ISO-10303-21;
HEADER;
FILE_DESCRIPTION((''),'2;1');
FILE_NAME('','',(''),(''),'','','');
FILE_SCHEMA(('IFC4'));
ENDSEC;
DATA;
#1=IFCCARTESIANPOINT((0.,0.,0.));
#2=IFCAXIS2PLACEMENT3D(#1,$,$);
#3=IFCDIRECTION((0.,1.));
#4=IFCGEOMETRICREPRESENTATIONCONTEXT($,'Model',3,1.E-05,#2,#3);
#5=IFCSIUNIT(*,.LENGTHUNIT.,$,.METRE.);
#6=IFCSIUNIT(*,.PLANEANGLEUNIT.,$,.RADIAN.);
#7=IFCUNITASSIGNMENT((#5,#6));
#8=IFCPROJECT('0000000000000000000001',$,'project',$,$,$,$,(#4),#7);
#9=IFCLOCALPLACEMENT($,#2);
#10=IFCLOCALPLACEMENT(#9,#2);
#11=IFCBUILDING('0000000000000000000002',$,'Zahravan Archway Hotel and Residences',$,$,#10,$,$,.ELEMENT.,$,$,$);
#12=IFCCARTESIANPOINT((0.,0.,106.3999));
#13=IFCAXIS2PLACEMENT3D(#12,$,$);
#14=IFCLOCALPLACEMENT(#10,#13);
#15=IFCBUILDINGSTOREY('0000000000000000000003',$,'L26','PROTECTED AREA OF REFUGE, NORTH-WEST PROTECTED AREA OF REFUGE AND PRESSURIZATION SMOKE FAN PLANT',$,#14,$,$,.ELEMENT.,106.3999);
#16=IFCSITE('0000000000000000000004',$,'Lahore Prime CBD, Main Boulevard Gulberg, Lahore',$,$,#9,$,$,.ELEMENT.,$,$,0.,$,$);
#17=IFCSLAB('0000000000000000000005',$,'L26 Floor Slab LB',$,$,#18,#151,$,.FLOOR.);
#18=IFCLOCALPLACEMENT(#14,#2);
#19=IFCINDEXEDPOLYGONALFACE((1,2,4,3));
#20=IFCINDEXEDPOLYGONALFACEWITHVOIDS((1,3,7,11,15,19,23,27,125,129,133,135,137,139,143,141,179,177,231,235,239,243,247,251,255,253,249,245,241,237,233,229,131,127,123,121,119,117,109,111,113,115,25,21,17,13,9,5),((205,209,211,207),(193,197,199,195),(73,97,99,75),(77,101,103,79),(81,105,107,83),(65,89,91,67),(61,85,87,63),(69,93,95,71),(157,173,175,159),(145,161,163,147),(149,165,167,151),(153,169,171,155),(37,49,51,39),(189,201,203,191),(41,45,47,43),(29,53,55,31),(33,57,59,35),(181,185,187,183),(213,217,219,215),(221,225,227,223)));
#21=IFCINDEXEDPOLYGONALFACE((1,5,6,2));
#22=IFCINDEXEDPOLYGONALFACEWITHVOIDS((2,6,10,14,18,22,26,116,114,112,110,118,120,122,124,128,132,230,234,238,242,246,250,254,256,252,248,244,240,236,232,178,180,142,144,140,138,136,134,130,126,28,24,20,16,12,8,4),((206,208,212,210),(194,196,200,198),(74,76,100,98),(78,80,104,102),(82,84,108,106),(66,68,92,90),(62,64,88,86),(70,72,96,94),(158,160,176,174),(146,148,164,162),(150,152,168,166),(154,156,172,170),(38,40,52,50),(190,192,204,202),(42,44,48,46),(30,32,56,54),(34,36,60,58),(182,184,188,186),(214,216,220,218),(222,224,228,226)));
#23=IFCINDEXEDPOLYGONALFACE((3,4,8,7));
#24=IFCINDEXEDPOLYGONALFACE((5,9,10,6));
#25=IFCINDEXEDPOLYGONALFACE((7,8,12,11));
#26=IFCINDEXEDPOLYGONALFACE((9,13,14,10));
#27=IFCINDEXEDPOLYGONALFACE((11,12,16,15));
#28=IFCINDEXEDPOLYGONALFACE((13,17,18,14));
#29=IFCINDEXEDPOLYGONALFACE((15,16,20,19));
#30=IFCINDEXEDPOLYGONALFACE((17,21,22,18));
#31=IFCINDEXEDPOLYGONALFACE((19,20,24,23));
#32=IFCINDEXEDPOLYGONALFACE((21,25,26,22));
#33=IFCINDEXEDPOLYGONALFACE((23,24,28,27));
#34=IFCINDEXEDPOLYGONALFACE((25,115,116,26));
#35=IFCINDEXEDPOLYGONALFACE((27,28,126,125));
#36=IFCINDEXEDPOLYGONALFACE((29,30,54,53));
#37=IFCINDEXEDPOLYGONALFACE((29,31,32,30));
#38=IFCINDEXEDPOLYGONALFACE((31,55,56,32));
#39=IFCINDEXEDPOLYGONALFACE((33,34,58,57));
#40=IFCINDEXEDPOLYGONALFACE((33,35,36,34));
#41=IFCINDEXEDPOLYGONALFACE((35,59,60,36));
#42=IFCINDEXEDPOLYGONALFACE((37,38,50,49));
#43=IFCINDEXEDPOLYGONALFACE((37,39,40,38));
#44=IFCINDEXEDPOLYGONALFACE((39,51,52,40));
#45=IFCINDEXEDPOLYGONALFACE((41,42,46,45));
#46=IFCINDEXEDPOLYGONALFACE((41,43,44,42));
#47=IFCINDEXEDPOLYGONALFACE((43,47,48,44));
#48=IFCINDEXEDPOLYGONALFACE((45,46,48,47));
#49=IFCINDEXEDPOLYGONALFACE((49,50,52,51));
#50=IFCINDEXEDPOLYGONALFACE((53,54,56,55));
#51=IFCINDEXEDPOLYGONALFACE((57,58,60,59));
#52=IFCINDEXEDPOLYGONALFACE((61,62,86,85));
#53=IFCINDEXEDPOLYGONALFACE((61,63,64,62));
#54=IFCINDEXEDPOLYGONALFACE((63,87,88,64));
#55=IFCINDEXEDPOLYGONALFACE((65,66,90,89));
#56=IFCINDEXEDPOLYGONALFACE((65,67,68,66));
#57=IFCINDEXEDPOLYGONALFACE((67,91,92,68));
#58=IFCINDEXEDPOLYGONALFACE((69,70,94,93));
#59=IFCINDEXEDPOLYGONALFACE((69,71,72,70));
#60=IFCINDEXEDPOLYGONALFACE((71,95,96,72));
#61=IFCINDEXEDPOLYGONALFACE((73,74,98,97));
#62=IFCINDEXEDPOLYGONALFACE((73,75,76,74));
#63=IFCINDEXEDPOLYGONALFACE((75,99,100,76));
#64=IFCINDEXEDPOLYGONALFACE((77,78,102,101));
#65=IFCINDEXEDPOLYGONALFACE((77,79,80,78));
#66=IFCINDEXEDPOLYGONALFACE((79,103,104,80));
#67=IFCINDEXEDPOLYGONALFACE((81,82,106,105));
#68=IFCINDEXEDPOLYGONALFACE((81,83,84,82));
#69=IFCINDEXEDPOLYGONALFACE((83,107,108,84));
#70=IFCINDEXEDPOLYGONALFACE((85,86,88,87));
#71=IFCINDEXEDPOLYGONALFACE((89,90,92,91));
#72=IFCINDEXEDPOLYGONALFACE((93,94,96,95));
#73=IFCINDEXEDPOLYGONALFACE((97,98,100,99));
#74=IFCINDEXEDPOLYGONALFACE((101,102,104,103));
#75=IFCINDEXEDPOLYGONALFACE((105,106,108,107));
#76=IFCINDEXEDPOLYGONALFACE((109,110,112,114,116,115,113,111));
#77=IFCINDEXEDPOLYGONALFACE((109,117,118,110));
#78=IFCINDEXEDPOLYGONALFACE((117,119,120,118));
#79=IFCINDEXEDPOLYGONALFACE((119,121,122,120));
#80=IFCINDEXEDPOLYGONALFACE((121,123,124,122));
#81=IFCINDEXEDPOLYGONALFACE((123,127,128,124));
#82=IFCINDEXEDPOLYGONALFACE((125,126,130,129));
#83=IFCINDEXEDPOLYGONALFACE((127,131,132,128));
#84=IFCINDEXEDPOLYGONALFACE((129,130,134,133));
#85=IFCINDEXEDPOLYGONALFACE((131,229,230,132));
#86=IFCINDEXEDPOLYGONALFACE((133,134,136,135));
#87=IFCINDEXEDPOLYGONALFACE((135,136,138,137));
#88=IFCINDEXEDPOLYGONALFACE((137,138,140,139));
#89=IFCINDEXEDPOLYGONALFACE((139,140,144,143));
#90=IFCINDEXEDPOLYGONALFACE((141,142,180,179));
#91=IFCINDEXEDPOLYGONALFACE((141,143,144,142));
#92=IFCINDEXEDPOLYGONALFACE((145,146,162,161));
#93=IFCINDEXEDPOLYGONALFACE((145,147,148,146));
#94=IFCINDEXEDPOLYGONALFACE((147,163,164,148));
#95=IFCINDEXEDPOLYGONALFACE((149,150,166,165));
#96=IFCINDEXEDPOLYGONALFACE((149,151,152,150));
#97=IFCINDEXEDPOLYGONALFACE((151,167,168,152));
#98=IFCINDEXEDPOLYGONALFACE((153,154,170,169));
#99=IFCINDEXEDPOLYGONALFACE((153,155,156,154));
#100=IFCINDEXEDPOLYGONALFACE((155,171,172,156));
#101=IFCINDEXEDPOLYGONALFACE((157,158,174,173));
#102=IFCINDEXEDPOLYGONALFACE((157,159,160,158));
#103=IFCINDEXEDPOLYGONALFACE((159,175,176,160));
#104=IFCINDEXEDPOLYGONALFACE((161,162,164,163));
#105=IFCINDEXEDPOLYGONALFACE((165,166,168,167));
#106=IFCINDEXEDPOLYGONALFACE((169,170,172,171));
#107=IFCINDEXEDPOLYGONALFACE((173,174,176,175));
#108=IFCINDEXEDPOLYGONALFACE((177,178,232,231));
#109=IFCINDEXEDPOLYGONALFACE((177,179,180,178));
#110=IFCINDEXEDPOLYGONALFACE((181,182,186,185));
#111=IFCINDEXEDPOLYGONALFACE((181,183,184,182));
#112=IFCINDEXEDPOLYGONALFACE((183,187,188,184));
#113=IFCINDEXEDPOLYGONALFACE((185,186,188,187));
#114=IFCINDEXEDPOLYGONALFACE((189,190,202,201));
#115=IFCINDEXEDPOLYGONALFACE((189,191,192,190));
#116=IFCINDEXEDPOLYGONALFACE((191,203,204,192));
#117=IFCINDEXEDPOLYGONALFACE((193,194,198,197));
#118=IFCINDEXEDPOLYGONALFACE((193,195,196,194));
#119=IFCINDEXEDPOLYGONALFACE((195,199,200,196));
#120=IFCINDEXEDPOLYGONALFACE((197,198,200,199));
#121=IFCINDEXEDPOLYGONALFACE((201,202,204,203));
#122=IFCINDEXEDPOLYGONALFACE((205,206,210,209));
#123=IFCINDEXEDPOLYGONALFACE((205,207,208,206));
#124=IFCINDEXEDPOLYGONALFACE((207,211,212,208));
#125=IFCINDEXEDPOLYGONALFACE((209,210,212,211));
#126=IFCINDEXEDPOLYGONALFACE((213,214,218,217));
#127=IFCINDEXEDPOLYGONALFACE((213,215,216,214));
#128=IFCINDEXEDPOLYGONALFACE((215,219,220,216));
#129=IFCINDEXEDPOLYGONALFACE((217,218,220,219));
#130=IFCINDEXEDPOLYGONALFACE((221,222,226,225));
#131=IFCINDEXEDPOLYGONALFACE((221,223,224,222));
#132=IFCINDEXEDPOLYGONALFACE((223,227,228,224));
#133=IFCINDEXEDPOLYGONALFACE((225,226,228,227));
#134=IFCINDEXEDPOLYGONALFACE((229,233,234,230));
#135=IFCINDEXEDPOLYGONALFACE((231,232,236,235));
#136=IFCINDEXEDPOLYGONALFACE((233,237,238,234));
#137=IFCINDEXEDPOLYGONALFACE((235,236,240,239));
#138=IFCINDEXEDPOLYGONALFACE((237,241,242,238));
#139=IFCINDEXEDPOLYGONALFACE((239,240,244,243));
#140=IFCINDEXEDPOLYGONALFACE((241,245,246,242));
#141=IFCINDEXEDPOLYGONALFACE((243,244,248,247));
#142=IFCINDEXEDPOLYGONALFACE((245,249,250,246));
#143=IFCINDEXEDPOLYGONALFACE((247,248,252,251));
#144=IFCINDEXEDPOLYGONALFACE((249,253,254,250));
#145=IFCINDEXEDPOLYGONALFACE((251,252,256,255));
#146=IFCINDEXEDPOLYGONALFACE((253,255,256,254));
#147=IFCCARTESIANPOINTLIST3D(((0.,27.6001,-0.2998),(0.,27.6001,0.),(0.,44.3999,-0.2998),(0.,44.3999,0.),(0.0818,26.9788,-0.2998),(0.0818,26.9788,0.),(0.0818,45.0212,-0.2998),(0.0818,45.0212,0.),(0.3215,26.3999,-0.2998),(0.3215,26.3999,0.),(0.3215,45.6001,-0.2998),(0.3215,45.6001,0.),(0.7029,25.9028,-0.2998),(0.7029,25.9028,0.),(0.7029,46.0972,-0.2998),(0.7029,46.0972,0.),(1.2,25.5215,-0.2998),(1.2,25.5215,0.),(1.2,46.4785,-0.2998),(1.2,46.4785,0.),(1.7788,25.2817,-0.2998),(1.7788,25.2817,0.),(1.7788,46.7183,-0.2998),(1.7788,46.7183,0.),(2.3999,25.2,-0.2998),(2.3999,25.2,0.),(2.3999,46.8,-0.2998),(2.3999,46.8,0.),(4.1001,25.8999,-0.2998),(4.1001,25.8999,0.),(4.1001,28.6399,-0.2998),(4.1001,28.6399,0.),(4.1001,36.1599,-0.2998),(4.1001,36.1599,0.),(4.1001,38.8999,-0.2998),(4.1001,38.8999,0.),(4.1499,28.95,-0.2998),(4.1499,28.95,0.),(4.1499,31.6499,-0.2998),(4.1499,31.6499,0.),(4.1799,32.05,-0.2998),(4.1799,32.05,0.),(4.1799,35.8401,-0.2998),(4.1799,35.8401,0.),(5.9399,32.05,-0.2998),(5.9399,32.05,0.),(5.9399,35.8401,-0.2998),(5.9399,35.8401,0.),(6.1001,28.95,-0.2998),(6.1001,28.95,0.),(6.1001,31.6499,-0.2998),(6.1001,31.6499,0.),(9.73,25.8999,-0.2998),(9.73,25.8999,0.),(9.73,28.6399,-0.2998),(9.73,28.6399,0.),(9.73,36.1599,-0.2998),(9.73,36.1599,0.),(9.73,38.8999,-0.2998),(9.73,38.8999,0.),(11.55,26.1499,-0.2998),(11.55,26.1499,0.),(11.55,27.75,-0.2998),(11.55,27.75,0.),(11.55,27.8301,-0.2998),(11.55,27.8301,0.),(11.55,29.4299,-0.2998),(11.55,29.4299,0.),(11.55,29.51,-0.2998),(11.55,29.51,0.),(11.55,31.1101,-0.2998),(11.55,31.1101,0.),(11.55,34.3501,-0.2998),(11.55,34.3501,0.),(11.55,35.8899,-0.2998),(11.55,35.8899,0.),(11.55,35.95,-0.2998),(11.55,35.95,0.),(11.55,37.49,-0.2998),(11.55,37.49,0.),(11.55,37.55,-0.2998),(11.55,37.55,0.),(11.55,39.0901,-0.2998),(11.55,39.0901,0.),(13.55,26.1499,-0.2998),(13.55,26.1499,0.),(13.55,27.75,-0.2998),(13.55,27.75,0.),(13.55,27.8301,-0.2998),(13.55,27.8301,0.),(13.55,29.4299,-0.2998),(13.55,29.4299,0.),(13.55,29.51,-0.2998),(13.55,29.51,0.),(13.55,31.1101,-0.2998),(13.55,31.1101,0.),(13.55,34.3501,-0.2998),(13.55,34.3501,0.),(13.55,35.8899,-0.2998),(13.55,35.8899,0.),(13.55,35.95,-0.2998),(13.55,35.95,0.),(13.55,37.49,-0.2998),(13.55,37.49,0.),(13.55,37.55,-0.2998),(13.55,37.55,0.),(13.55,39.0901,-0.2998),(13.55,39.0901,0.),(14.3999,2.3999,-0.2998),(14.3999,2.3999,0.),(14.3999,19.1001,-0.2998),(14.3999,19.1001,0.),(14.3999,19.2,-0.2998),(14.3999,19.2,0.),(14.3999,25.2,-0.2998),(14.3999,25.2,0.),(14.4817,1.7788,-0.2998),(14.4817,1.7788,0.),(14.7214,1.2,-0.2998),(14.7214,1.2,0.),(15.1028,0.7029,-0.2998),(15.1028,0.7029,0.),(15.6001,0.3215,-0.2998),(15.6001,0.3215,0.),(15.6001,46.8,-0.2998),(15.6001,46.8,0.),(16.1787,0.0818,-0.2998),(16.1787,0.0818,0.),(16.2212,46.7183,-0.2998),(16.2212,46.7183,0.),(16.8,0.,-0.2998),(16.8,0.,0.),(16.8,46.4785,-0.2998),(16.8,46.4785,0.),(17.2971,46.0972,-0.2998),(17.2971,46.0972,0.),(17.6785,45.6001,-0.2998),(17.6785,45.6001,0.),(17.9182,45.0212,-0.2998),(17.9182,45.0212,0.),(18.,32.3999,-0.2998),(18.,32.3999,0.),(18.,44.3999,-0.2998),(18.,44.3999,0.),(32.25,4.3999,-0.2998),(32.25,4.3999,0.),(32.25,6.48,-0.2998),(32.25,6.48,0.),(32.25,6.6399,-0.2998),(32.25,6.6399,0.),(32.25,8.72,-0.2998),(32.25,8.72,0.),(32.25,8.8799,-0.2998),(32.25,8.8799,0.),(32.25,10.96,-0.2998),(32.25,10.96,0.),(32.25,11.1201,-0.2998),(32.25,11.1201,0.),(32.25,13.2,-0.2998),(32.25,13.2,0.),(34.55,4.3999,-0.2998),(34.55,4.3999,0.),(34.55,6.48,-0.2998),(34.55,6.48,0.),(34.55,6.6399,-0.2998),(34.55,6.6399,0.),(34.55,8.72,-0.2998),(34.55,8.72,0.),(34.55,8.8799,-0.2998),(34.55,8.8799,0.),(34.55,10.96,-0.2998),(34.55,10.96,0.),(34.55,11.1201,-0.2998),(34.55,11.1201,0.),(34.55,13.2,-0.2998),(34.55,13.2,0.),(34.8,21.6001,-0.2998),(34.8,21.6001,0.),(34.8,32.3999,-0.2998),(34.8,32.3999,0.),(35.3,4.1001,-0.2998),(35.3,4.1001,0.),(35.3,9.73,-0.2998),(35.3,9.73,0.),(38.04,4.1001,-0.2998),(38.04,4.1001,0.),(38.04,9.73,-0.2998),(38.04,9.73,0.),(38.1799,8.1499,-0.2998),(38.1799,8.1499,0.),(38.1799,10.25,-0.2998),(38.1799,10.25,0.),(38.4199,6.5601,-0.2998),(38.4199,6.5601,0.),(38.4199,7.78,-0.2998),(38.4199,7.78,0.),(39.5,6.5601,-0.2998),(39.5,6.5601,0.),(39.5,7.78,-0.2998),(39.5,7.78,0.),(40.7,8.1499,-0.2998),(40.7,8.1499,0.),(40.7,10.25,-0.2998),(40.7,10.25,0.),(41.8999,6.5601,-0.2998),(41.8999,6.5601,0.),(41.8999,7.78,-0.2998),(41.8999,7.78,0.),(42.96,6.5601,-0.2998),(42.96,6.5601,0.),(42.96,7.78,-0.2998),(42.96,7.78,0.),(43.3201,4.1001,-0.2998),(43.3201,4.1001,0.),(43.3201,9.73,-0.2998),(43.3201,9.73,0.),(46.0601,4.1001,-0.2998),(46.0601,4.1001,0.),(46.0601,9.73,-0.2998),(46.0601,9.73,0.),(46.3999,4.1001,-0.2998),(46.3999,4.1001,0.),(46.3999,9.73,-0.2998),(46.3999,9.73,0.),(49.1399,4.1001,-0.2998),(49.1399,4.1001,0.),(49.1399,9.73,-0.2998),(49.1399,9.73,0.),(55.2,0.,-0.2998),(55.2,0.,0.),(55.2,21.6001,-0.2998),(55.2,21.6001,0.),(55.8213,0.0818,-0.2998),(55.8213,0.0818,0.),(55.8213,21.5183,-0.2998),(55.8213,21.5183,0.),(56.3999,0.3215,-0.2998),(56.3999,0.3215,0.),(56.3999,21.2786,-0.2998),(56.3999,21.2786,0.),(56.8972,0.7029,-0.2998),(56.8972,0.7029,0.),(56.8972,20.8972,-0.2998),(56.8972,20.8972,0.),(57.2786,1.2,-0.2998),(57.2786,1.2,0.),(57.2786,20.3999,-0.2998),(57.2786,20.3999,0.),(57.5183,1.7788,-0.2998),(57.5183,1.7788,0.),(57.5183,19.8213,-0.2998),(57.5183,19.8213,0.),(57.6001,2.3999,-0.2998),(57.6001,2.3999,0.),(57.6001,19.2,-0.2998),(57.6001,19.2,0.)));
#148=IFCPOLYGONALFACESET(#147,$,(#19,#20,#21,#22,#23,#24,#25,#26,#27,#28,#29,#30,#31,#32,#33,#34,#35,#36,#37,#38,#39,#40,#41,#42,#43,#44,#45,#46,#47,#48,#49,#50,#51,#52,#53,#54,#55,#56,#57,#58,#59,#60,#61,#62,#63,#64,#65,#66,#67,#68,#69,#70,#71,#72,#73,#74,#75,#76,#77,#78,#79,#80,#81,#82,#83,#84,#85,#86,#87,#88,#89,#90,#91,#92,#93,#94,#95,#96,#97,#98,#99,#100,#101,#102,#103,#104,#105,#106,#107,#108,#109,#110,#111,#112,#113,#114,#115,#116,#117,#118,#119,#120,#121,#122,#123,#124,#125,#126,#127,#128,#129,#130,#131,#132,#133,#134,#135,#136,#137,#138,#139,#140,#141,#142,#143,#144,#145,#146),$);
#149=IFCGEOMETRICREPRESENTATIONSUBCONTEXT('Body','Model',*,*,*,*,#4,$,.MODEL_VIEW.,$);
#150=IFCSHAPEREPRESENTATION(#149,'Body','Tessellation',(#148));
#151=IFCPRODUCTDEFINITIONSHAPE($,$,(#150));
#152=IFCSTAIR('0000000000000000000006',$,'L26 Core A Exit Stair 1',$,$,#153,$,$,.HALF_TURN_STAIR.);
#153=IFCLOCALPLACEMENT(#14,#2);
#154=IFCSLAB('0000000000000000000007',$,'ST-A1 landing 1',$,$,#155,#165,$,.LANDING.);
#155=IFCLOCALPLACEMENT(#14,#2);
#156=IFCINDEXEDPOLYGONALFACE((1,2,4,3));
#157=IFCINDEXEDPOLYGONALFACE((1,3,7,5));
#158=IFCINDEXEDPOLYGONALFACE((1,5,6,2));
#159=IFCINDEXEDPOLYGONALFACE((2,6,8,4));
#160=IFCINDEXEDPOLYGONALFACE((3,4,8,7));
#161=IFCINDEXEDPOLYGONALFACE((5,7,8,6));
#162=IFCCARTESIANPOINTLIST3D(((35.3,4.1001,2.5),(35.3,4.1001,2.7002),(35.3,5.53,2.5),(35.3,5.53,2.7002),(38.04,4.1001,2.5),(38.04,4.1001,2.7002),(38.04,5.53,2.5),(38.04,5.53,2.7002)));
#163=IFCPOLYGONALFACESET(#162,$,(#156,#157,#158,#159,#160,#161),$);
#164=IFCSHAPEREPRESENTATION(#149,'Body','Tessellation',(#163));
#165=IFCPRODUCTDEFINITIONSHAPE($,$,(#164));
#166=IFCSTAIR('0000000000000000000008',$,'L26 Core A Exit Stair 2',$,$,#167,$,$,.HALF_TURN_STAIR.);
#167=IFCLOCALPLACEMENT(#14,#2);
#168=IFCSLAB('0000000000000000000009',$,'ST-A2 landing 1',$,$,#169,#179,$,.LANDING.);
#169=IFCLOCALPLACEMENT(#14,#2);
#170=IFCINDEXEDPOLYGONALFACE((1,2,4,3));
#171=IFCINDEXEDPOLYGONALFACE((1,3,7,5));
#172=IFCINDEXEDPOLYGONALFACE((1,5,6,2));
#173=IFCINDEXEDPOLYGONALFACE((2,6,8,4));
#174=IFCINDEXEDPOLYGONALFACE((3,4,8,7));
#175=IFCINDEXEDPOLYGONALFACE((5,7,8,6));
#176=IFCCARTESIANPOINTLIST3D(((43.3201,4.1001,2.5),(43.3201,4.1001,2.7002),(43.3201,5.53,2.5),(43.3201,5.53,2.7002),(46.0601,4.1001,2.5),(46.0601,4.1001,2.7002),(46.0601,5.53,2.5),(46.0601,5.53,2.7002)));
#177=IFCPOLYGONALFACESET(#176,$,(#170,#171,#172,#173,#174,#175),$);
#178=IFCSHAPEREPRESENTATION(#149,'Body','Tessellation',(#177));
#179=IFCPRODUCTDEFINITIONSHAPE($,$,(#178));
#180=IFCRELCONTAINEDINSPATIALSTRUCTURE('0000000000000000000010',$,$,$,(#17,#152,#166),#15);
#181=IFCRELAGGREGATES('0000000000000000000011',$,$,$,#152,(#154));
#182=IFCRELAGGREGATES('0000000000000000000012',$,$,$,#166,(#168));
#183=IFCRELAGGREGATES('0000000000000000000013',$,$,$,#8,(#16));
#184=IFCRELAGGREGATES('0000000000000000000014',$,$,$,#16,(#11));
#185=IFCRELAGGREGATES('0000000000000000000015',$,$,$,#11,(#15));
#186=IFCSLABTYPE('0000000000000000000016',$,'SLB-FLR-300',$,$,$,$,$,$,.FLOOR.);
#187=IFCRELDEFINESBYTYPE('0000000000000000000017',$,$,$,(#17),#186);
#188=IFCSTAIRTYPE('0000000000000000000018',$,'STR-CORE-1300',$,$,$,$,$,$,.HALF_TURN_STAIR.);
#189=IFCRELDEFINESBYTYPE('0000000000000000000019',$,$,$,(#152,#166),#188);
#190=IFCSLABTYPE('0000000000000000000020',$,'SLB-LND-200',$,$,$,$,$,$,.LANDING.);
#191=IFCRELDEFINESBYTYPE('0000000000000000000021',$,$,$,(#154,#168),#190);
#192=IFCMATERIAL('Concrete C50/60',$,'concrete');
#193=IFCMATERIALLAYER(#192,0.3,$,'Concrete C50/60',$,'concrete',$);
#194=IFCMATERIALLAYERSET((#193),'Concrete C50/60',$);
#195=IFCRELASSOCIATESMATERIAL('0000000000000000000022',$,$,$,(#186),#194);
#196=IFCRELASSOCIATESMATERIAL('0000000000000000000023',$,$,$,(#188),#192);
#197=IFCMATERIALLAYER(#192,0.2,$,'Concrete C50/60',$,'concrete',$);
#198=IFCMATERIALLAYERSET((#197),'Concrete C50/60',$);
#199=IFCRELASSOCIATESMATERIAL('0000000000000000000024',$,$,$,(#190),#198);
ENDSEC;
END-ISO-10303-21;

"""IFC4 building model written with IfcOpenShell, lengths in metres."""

from ifc_helpers import new_model, si_unit, direction, frame, origin, place, context, subcontext, project, spatial, polyline, outline, extrude, material, layer, layer_set, type_object, element, aggregate, save


model = new_model("IFC4")

# Units and contexts
model_context = context("Model", 3, precision=1e-05, world=origin(), true_north=direction((0.0, 1.0)))
body_context = subcontext(model_context, "Body", "Model", "MODEL_VIEW")
ifc_project = project(units=[si_unit("LENGTHUNIT", "METRE"), si_unit("PLANEANGLEUNIT", "RADIAN")], contexts=[model_context])

# Site, building, storey
site_placement = place(None, origin())
site = spatial("IfcSite", under=ifc_project, at=site_placement, Name="Lahore Prime CBD, Main Boulevard Gulberg, Lahore", CompositionType="ELEMENT", RefElevation=0.0)
building_placement = place(site_placement, origin())
building = spatial("IfcBuilding", under=site, at=building_placement, Name="Zahravan Archway Hotel and Residences", CompositionType="ELEMENT")
storey_placement = place(building_placement, frame((0.0, 0.0, 106.3999)))
storey = spatial("IfcBuildingStorey", under=building, at=storey_placement, Name="L26", Description="PROTECTED AREA OF REFUGE, NORTH-WEST PROTECTED AREA OF REFUGE AND PRESSURIZATION SMOKE FAN PLANT", CompositionType="ELEMENT", Elevation=106.3999)

# Slab
ifc_material_1 = material(Name="Concrete C50/60", Category="concrete")
ifc_layer_1 = layer(ifc_material_1, 0.3, Name="Concrete C50/60", Category="concrete")
ifc_layer_set_1 = layer_set([ifc_layer_1], Name="Concrete C50/60")
slab_type_1 = type_object("IfcSlabType", Name="SLB-FLR-300", PredefinedType="FLOOR", material=ifc_layer_set_1)
slab_1_placement = place(storey_placement, frame((0.0, 0.0, -0.2998)))
element("IfcSlab", 1, at=slab_1_placement, inside=storey, type_object=slab_type_1, Name="L26 Floor Slab LB", PredefinedType="FLOOR", context=body_context, shape_type="SweptSolid", body=[
    extrude(outline(polyline([(34.8, 21.6001), (34.8, 32.3999), (18.0, 32.3999), (18.0, 44.3999), (17.9182, 45.0212), (17.6785, 45.6001), (17.2971, 46.0972), (16.8, 46.4785), (16.2212, 46.7183), (15.6001, 46.8), (2.3999, 46.8), (1.7788, 46.7183), (1.2, 46.4785), (0.7029, 46.0972), (0.3215, 45.6001), (0.0818, 45.0212), (0.0, 44.3999), (0.0, 27.6001), (0.0818, 26.9788), (0.3215, 26.3999), (0.7029, 25.9028), (1.2, 25.5215), (1.7788, 25.2817), (2.3999, 25.2), (14.3999, 25.2), (14.3999, 19.2), (14.3999, 19.1001), (14.3999, 2.3999), (14.4817, 1.7788), (14.7214, 1.2), (15.1028, 0.7029), (15.6001, 0.3215), (16.1787, 0.0818), (16.8, 0.0), (55.2, 0.0), (55.8213, 0.0818), (56.3999, 0.3215), (56.8972, 0.7029), (57.2786, 1.2), (57.5183, 1.7788), (57.6001, 2.3999), (57.6001, 19.2), (57.5183, 19.8213), (57.2786, 20.3999), (56.8972, 20.8972), (56.3999, 21.2786), (55.8213, 21.5183), (55.2, 21.6001), (34.8, 21.6001)]), holes=[polyline([(35.3, 9.73), (35.3, 4.1001), (38.04, 4.1001), (38.04, 9.73), (35.3, 9.73)]), polyline([(43.3201, 9.73), (43.3201, 4.1001), (46.0601, 4.1001), (46.0601, 9.73), (43.3201, 9.73)]), polyline([(46.3999, 9.73), (46.3999, 4.1001), (49.1399, 4.1001), (49.1399, 9.73), (46.3999, 9.73)]), polyline([(9.73, 28.6399), (4.1001, 28.6399), (4.1001, 25.8999), (9.73, 25.8999), (9.73, 28.6399)]), polyline([(9.73, 38.8999), (4.1001, 38.8999), (4.1001, 36.1599), (9.73, 36.1599), (9.73, 38.8999)]), polyline([(38.1799, 8.1499), (40.7, 8.1499), (40.7, 10.25), (38.1799, 10.25), (38.1799, 8.1499)]), polyline([(4.1499, 28.95), (6.1001, 28.95), (6.1001, 31.6499), (4.1499, 31.6499), (4.1499, 28.95)]), polyline([(11.55, 26.1499), (13.55, 26.1499), (13.55, 27.75), (11.55, 27.75), (11.55, 26.1499)]), polyline([(11.55, 27.8301), (13.55, 27.8301), (13.55, 29.4299), (11.55, 29.4299), (11.55, 27.8301)]), polyline([(11.55, 29.51), (13.55, 29.51), (13.55, 31.1101), (11.55, 31.1101), (11.55, 29.51)]), polyline([(11.55, 34.3501), (13.55, 34.3501), (13.55, 35.8899), (11.55, 35.8899), (11.55, 34.3501)]), polyline([(11.55, 35.95), (13.55, 35.95), (13.55, 37.49), (11.55, 37.49), (11.55, 35.95)]), polyline([(11.55, 37.55), (13.55, 37.55), (13.55, 39.0901), (11.55, 39.0901), (11.55, 37.55)]), polyline([(32.25, 4.3999), (34.55, 4.3999), (34.55, 6.48), (32.25, 6.48), (32.25, 4.3999)]), polyline([(32.25, 6.6399), (34.55, 6.6399), (34.55, 8.72), (32.25, 8.72), (32.25, 6.6399)]), polyline([(32.25, 8.8799), (34.55, 8.8799), (34.55, 10.96), (32.25, 10.96), (32.25, 8.8799)]), polyline([(32.25, 11.1201), (34.55, 11.1201), (34.55, 13.2), (32.25, 13.2), (32.25, 11.1201)]), polyline([(38.4199, 6.5601), (39.5, 6.5601), (39.5, 7.78), (38.4199, 7.78), (38.4199, 6.5601)]), polyline([(41.8999, 6.5601), (42.96, 6.5601), (42.96, 7.78), (41.8999, 7.78), (41.8999, 6.5601)]), polyline([(4.1799, 32.05), (5.9399, 32.05), (5.9399, 35.8401), (4.1799, 35.8401), (4.1799, 32.05)])]), origin(), (0.0, 0.0, 1.0), 0.2998),
])

# Stairs, slabs
stair_type = type_object("IfcStairType", Name="STR-CORE-1300", PredefinedType="HALF_TURN_STAIR", material=ifc_material_1)
stair_1_placement = place(storey_placement, origin())
stair_1 = element("IfcStair", 2, at=stair_1_placement, inside=storey, type_object=stair_type, Name="L26 Core A Exit Stair 1", PredefinedType="HALF_TURN_STAIR")
ifc_layer_2 = layer(ifc_material_1, 0.2, Name="Concrete C50/60", Category="concrete")
ifc_layer_set_2 = layer_set([ifc_layer_2], Name="Concrete C50/60")
slab_type_2 = type_object("IfcSlabType", Name="SLB-LND-200", PredefinedType="LANDING", material=ifc_layer_set_2)
slab_2_placement = place(storey_placement, frame((0.0, 0.0, 2.5)))
slab_2 = element("IfcSlab", 3, at=slab_2_placement, type_object=slab_type_2, Name="ST-A1 landing 1", PredefinedType="LANDING", context=body_context, shape_type="SweptSolid", body=[
    extrude(outline(polyline([(35.3, 5.53), (35.3, 4.1001), (38.04, 4.1001), (38.04, 5.53), (35.3, 5.53)])), origin(), (0.0, 0.0, 1.0), 0.2002),
])
aggregate(stair_1, [slab_2])
stair_2_placement = place(storey_placement, origin())
stair_2 = element("IfcStair", 4, at=stair_2_placement, inside=storey, type_object=stair_type, Name="L26 Core A Exit Stair 2", PredefinedType="HALF_TURN_STAIR")
slab_3_placement = place(storey_placement, frame((0.0, 0.0, 2.5)))
slab_3 = element("IfcSlab", 5, at=slab_3_placement, type_object=slab_type_2, Name="ST-A2 landing 1", PredefinedType="LANDING", context=body_context, shape_type="SweptSolid", body=[
    extrude(outline(polyline([(43.3201, 5.53), (43.3201, 4.1001), (46.0601, 4.1001), (46.0601, 5.53), (43.3201, 5.53)])), origin(), (0.0, 0.0, 1.0), 0.2002),
])
aggregate(stair_2, [slab_3])

save(model, "model.ifc")
